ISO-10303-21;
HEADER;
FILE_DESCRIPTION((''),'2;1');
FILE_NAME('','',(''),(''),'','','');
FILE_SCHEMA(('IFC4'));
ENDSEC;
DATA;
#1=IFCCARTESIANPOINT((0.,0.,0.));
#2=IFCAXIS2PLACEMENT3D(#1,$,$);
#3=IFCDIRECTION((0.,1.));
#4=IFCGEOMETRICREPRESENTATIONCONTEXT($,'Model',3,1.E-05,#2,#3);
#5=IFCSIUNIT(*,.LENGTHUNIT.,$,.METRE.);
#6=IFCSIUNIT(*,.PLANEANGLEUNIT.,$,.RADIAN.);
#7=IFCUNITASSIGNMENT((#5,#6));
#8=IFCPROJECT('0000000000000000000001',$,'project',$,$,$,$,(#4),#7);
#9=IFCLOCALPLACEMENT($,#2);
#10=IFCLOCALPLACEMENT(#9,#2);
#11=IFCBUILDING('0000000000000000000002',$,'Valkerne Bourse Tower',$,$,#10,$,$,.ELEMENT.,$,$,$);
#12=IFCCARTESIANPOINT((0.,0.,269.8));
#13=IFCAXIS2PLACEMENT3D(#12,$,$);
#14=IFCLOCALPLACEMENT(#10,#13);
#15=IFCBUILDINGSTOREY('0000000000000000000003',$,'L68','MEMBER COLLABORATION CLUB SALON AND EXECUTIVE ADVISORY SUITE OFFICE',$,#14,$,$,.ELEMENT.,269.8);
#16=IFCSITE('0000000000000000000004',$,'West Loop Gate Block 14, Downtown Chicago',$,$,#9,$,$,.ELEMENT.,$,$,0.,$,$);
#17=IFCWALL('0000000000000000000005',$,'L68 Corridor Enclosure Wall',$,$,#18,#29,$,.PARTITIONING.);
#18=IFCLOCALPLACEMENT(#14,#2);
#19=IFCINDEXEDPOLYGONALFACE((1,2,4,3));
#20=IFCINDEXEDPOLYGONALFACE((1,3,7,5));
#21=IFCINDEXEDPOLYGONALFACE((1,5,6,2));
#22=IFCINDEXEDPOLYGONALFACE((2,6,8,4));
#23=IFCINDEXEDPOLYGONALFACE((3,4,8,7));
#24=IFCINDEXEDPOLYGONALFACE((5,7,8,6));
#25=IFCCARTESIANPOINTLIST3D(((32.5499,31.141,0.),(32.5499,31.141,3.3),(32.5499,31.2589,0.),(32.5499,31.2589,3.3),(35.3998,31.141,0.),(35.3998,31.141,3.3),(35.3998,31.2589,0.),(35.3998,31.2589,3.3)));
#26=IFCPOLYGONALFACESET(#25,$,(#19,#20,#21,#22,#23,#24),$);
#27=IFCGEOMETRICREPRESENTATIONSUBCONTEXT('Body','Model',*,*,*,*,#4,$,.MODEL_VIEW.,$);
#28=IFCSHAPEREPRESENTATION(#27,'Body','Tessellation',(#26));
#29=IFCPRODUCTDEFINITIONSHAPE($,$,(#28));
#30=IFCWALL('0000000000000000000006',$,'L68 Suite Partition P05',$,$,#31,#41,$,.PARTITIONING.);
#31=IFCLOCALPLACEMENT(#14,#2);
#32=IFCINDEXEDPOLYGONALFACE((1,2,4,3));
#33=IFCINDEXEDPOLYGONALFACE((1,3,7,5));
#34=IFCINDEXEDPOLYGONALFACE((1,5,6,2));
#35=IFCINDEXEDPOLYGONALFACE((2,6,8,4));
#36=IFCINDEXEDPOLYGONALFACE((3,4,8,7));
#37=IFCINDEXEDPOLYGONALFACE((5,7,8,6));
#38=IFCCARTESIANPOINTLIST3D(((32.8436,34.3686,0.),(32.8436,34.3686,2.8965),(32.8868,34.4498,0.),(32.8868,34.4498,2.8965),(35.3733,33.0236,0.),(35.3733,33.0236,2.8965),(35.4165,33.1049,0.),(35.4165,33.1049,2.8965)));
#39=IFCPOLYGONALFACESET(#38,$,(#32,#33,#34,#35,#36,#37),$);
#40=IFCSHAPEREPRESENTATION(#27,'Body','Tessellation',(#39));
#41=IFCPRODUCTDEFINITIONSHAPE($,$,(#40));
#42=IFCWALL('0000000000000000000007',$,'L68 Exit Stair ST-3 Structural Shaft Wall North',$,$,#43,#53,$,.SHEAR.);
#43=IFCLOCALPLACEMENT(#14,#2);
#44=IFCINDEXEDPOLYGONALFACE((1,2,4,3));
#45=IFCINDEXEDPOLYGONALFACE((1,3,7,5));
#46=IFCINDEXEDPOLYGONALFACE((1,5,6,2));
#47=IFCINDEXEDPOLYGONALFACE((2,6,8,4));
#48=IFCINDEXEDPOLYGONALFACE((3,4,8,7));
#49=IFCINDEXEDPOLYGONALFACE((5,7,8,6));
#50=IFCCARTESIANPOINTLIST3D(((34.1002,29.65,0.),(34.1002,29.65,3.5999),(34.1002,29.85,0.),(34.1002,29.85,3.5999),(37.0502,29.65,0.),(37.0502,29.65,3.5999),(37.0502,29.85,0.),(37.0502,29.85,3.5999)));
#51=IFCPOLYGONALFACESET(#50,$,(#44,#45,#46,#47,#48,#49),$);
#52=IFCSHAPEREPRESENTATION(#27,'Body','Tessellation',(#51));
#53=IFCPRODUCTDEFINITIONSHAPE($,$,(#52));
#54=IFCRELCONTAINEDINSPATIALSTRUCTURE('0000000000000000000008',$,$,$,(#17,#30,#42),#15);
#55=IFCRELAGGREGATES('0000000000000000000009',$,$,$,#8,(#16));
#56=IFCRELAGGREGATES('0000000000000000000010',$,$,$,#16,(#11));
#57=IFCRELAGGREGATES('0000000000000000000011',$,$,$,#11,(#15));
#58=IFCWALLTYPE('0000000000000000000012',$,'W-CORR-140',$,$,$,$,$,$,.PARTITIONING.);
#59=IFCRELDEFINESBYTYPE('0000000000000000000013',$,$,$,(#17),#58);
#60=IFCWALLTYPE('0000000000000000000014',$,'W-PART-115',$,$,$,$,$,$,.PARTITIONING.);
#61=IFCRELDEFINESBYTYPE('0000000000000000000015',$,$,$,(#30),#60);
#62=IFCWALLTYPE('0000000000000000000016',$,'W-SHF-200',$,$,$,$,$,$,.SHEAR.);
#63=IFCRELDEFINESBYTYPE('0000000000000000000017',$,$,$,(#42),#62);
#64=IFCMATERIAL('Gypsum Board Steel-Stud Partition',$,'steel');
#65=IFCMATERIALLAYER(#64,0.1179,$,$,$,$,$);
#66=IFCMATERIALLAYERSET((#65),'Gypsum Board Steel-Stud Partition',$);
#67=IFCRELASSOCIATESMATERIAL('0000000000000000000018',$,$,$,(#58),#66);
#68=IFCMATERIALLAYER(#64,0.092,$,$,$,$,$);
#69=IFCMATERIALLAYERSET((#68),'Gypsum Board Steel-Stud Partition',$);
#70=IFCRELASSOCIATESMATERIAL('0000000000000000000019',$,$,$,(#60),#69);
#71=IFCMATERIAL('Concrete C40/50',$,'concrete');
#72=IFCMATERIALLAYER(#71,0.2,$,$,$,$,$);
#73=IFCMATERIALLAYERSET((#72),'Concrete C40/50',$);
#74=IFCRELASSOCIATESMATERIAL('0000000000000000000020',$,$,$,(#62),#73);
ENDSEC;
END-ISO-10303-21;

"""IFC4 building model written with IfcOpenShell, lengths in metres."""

from ifc_helpers import new_model, si_unit, direction, frame, frame_2d, origin, place, context, subcontext, project, spatial, rectangle, extrude, material, layer, layer_set, type_object, element, save


model = new_model("IFC4")

# Units and contexts
model_context = context("Model", 3, precision=1e-05, world=origin(), true_north=direction((0.0, 1.0)))
body_context = subcontext(model_context, "Body", "Model", "MODEL_VIEW")
ifc_project = project(units=[si_unit("LENGTHUNIT", "METRE"), si_unit("PLANEANGLEUNIT", "RADIAN")], contexts=[model_context])

# Site, building, storey
site_placement = place(None, origin())
site = spatial("IfcSite", under=ifc_project, at=site_placement, Name="West Loop Gate Block 14, Downtown Chicago", CompositionType="ELEMENT", RefElevation=0.0)
building_placement = place(site_placement, origin())
building = spatial("IfcBuilding", under=site, at=building_placement, Name="Valkerne Bourse Tower", CompositionType="ELEMENT")
storey_placement = place(building_placement, frame((0.0, 0.0, 269.8)))
storey = spatial("IfcBuildingStorey", under=building, at=storey_placement, Name="L68", Description="MEMBER COLLABORATION CLUB SALON AND EXECUTIVE ADVISORY SUITE OFFICE", CompositionType="ELEMENT", Elevation=269.8)

# Walls
ifc_material_1 = material(Name="Gypsum Board Steel-Stud Partition", Category="steel")
ifc_layer_1 = layer(ifc_material_1, 0.1179)
ifc_layer_set_1 = layer_set([ifc_layer_1], Name="Gypsum Board Steel-Stud Partition")
wall_type_1 = type_object("IfcWallType", Name="W-CORR-140", PredefinedType="PARTITIONING", material=ifc_layer_set_1)
wall_1_placement = place(storey_placement, frame((32.55, 31.2, 0.0), z_axis=(0.0, 0.0, 1.0), x_axis=(1.0, 0.0, 0.0)))
element("IfcWall", 1, at=wall_1_placement, inside=storey, type_object=wall_type_1, Name="L68 Corridor Enclosure Wall", PredefinedType="PARTITIONING", context=body_context, shape_type="SweptSolid", body=[
    extrude(rectangle(XDim=2.8499, YDim=0.1179, at=frame_2d((1.4248, 0.0))), origin(), (0.0, 0.0, 1.0), 3.3),
])
ifc_layer_2 = layer(ifc_material_1, 0.092)
ifc_layer_set_2 = layer_set([ifc_layer_2], Name="Gypsum Board Steel-Stud Partition")
wall_type_2 = type_object("IfcWallType", Name="W-PART-115", PredefinedType="PARTITIONING", material=ifc_layer_set_2)
wall_2_placement = place(storey_placement, frame((35.395, 33.0642, 0.0), z_axis=(0.0, 0.0, 1.0), x_axis=(-0.882968, 0.469433, 0.0)))
element("IfcWall", 2, at=wall_2_placement, inside=storey, type_object=wall_type_2, Name="L68 Suite Partition P05", PredefinedType="PARTITIONING", context=body_context, shape_type="SweptSolid", body=[
    extrude(rectangle(XDim=2.865, YDim=0.092, at=frame_2d((1.4326, 0.0))), origin(), (0.0, 0.0, 1.0), 2.8965),
])
ifc_material_2 = material(Name="Concrete C40/50", Category="concrete")
ifc_layer_3 = layer(ifc_material_2, 0.2)
ifc_layer_set_3 = layer_set([ifc_layer_3], Name="Concrete C40/50")
wall_type_3 = type_object("IfcWallType", Name="W-SHF-200", PredefinedType="SHEAR", material=ifc_layer_set_3)
wall_3_placement = place(storey_placement, frame((34.1001, 29.75, 0.0), z_axis=(0.0, 0.0, 1.0), x_axis=(1.0, 0.0, 0.0)))
element("IfcWall", 3, at=wall_3_placement, inside=storey, type_object=wall_type_3, Name="L68 Exit Stair ST-3 Structural Shaft Wall North", PredefinedType="SHEAR", context=body_context, shape_type="SweptSolid", body=[
    extrude(rectangle(XDim=2.95, YDim=0.2, at=frame_2d((1.4751, 0.0))), origin(), (0.0, 0.0, 1.0), 3.5999),
])

save(model, "model.ifc")
